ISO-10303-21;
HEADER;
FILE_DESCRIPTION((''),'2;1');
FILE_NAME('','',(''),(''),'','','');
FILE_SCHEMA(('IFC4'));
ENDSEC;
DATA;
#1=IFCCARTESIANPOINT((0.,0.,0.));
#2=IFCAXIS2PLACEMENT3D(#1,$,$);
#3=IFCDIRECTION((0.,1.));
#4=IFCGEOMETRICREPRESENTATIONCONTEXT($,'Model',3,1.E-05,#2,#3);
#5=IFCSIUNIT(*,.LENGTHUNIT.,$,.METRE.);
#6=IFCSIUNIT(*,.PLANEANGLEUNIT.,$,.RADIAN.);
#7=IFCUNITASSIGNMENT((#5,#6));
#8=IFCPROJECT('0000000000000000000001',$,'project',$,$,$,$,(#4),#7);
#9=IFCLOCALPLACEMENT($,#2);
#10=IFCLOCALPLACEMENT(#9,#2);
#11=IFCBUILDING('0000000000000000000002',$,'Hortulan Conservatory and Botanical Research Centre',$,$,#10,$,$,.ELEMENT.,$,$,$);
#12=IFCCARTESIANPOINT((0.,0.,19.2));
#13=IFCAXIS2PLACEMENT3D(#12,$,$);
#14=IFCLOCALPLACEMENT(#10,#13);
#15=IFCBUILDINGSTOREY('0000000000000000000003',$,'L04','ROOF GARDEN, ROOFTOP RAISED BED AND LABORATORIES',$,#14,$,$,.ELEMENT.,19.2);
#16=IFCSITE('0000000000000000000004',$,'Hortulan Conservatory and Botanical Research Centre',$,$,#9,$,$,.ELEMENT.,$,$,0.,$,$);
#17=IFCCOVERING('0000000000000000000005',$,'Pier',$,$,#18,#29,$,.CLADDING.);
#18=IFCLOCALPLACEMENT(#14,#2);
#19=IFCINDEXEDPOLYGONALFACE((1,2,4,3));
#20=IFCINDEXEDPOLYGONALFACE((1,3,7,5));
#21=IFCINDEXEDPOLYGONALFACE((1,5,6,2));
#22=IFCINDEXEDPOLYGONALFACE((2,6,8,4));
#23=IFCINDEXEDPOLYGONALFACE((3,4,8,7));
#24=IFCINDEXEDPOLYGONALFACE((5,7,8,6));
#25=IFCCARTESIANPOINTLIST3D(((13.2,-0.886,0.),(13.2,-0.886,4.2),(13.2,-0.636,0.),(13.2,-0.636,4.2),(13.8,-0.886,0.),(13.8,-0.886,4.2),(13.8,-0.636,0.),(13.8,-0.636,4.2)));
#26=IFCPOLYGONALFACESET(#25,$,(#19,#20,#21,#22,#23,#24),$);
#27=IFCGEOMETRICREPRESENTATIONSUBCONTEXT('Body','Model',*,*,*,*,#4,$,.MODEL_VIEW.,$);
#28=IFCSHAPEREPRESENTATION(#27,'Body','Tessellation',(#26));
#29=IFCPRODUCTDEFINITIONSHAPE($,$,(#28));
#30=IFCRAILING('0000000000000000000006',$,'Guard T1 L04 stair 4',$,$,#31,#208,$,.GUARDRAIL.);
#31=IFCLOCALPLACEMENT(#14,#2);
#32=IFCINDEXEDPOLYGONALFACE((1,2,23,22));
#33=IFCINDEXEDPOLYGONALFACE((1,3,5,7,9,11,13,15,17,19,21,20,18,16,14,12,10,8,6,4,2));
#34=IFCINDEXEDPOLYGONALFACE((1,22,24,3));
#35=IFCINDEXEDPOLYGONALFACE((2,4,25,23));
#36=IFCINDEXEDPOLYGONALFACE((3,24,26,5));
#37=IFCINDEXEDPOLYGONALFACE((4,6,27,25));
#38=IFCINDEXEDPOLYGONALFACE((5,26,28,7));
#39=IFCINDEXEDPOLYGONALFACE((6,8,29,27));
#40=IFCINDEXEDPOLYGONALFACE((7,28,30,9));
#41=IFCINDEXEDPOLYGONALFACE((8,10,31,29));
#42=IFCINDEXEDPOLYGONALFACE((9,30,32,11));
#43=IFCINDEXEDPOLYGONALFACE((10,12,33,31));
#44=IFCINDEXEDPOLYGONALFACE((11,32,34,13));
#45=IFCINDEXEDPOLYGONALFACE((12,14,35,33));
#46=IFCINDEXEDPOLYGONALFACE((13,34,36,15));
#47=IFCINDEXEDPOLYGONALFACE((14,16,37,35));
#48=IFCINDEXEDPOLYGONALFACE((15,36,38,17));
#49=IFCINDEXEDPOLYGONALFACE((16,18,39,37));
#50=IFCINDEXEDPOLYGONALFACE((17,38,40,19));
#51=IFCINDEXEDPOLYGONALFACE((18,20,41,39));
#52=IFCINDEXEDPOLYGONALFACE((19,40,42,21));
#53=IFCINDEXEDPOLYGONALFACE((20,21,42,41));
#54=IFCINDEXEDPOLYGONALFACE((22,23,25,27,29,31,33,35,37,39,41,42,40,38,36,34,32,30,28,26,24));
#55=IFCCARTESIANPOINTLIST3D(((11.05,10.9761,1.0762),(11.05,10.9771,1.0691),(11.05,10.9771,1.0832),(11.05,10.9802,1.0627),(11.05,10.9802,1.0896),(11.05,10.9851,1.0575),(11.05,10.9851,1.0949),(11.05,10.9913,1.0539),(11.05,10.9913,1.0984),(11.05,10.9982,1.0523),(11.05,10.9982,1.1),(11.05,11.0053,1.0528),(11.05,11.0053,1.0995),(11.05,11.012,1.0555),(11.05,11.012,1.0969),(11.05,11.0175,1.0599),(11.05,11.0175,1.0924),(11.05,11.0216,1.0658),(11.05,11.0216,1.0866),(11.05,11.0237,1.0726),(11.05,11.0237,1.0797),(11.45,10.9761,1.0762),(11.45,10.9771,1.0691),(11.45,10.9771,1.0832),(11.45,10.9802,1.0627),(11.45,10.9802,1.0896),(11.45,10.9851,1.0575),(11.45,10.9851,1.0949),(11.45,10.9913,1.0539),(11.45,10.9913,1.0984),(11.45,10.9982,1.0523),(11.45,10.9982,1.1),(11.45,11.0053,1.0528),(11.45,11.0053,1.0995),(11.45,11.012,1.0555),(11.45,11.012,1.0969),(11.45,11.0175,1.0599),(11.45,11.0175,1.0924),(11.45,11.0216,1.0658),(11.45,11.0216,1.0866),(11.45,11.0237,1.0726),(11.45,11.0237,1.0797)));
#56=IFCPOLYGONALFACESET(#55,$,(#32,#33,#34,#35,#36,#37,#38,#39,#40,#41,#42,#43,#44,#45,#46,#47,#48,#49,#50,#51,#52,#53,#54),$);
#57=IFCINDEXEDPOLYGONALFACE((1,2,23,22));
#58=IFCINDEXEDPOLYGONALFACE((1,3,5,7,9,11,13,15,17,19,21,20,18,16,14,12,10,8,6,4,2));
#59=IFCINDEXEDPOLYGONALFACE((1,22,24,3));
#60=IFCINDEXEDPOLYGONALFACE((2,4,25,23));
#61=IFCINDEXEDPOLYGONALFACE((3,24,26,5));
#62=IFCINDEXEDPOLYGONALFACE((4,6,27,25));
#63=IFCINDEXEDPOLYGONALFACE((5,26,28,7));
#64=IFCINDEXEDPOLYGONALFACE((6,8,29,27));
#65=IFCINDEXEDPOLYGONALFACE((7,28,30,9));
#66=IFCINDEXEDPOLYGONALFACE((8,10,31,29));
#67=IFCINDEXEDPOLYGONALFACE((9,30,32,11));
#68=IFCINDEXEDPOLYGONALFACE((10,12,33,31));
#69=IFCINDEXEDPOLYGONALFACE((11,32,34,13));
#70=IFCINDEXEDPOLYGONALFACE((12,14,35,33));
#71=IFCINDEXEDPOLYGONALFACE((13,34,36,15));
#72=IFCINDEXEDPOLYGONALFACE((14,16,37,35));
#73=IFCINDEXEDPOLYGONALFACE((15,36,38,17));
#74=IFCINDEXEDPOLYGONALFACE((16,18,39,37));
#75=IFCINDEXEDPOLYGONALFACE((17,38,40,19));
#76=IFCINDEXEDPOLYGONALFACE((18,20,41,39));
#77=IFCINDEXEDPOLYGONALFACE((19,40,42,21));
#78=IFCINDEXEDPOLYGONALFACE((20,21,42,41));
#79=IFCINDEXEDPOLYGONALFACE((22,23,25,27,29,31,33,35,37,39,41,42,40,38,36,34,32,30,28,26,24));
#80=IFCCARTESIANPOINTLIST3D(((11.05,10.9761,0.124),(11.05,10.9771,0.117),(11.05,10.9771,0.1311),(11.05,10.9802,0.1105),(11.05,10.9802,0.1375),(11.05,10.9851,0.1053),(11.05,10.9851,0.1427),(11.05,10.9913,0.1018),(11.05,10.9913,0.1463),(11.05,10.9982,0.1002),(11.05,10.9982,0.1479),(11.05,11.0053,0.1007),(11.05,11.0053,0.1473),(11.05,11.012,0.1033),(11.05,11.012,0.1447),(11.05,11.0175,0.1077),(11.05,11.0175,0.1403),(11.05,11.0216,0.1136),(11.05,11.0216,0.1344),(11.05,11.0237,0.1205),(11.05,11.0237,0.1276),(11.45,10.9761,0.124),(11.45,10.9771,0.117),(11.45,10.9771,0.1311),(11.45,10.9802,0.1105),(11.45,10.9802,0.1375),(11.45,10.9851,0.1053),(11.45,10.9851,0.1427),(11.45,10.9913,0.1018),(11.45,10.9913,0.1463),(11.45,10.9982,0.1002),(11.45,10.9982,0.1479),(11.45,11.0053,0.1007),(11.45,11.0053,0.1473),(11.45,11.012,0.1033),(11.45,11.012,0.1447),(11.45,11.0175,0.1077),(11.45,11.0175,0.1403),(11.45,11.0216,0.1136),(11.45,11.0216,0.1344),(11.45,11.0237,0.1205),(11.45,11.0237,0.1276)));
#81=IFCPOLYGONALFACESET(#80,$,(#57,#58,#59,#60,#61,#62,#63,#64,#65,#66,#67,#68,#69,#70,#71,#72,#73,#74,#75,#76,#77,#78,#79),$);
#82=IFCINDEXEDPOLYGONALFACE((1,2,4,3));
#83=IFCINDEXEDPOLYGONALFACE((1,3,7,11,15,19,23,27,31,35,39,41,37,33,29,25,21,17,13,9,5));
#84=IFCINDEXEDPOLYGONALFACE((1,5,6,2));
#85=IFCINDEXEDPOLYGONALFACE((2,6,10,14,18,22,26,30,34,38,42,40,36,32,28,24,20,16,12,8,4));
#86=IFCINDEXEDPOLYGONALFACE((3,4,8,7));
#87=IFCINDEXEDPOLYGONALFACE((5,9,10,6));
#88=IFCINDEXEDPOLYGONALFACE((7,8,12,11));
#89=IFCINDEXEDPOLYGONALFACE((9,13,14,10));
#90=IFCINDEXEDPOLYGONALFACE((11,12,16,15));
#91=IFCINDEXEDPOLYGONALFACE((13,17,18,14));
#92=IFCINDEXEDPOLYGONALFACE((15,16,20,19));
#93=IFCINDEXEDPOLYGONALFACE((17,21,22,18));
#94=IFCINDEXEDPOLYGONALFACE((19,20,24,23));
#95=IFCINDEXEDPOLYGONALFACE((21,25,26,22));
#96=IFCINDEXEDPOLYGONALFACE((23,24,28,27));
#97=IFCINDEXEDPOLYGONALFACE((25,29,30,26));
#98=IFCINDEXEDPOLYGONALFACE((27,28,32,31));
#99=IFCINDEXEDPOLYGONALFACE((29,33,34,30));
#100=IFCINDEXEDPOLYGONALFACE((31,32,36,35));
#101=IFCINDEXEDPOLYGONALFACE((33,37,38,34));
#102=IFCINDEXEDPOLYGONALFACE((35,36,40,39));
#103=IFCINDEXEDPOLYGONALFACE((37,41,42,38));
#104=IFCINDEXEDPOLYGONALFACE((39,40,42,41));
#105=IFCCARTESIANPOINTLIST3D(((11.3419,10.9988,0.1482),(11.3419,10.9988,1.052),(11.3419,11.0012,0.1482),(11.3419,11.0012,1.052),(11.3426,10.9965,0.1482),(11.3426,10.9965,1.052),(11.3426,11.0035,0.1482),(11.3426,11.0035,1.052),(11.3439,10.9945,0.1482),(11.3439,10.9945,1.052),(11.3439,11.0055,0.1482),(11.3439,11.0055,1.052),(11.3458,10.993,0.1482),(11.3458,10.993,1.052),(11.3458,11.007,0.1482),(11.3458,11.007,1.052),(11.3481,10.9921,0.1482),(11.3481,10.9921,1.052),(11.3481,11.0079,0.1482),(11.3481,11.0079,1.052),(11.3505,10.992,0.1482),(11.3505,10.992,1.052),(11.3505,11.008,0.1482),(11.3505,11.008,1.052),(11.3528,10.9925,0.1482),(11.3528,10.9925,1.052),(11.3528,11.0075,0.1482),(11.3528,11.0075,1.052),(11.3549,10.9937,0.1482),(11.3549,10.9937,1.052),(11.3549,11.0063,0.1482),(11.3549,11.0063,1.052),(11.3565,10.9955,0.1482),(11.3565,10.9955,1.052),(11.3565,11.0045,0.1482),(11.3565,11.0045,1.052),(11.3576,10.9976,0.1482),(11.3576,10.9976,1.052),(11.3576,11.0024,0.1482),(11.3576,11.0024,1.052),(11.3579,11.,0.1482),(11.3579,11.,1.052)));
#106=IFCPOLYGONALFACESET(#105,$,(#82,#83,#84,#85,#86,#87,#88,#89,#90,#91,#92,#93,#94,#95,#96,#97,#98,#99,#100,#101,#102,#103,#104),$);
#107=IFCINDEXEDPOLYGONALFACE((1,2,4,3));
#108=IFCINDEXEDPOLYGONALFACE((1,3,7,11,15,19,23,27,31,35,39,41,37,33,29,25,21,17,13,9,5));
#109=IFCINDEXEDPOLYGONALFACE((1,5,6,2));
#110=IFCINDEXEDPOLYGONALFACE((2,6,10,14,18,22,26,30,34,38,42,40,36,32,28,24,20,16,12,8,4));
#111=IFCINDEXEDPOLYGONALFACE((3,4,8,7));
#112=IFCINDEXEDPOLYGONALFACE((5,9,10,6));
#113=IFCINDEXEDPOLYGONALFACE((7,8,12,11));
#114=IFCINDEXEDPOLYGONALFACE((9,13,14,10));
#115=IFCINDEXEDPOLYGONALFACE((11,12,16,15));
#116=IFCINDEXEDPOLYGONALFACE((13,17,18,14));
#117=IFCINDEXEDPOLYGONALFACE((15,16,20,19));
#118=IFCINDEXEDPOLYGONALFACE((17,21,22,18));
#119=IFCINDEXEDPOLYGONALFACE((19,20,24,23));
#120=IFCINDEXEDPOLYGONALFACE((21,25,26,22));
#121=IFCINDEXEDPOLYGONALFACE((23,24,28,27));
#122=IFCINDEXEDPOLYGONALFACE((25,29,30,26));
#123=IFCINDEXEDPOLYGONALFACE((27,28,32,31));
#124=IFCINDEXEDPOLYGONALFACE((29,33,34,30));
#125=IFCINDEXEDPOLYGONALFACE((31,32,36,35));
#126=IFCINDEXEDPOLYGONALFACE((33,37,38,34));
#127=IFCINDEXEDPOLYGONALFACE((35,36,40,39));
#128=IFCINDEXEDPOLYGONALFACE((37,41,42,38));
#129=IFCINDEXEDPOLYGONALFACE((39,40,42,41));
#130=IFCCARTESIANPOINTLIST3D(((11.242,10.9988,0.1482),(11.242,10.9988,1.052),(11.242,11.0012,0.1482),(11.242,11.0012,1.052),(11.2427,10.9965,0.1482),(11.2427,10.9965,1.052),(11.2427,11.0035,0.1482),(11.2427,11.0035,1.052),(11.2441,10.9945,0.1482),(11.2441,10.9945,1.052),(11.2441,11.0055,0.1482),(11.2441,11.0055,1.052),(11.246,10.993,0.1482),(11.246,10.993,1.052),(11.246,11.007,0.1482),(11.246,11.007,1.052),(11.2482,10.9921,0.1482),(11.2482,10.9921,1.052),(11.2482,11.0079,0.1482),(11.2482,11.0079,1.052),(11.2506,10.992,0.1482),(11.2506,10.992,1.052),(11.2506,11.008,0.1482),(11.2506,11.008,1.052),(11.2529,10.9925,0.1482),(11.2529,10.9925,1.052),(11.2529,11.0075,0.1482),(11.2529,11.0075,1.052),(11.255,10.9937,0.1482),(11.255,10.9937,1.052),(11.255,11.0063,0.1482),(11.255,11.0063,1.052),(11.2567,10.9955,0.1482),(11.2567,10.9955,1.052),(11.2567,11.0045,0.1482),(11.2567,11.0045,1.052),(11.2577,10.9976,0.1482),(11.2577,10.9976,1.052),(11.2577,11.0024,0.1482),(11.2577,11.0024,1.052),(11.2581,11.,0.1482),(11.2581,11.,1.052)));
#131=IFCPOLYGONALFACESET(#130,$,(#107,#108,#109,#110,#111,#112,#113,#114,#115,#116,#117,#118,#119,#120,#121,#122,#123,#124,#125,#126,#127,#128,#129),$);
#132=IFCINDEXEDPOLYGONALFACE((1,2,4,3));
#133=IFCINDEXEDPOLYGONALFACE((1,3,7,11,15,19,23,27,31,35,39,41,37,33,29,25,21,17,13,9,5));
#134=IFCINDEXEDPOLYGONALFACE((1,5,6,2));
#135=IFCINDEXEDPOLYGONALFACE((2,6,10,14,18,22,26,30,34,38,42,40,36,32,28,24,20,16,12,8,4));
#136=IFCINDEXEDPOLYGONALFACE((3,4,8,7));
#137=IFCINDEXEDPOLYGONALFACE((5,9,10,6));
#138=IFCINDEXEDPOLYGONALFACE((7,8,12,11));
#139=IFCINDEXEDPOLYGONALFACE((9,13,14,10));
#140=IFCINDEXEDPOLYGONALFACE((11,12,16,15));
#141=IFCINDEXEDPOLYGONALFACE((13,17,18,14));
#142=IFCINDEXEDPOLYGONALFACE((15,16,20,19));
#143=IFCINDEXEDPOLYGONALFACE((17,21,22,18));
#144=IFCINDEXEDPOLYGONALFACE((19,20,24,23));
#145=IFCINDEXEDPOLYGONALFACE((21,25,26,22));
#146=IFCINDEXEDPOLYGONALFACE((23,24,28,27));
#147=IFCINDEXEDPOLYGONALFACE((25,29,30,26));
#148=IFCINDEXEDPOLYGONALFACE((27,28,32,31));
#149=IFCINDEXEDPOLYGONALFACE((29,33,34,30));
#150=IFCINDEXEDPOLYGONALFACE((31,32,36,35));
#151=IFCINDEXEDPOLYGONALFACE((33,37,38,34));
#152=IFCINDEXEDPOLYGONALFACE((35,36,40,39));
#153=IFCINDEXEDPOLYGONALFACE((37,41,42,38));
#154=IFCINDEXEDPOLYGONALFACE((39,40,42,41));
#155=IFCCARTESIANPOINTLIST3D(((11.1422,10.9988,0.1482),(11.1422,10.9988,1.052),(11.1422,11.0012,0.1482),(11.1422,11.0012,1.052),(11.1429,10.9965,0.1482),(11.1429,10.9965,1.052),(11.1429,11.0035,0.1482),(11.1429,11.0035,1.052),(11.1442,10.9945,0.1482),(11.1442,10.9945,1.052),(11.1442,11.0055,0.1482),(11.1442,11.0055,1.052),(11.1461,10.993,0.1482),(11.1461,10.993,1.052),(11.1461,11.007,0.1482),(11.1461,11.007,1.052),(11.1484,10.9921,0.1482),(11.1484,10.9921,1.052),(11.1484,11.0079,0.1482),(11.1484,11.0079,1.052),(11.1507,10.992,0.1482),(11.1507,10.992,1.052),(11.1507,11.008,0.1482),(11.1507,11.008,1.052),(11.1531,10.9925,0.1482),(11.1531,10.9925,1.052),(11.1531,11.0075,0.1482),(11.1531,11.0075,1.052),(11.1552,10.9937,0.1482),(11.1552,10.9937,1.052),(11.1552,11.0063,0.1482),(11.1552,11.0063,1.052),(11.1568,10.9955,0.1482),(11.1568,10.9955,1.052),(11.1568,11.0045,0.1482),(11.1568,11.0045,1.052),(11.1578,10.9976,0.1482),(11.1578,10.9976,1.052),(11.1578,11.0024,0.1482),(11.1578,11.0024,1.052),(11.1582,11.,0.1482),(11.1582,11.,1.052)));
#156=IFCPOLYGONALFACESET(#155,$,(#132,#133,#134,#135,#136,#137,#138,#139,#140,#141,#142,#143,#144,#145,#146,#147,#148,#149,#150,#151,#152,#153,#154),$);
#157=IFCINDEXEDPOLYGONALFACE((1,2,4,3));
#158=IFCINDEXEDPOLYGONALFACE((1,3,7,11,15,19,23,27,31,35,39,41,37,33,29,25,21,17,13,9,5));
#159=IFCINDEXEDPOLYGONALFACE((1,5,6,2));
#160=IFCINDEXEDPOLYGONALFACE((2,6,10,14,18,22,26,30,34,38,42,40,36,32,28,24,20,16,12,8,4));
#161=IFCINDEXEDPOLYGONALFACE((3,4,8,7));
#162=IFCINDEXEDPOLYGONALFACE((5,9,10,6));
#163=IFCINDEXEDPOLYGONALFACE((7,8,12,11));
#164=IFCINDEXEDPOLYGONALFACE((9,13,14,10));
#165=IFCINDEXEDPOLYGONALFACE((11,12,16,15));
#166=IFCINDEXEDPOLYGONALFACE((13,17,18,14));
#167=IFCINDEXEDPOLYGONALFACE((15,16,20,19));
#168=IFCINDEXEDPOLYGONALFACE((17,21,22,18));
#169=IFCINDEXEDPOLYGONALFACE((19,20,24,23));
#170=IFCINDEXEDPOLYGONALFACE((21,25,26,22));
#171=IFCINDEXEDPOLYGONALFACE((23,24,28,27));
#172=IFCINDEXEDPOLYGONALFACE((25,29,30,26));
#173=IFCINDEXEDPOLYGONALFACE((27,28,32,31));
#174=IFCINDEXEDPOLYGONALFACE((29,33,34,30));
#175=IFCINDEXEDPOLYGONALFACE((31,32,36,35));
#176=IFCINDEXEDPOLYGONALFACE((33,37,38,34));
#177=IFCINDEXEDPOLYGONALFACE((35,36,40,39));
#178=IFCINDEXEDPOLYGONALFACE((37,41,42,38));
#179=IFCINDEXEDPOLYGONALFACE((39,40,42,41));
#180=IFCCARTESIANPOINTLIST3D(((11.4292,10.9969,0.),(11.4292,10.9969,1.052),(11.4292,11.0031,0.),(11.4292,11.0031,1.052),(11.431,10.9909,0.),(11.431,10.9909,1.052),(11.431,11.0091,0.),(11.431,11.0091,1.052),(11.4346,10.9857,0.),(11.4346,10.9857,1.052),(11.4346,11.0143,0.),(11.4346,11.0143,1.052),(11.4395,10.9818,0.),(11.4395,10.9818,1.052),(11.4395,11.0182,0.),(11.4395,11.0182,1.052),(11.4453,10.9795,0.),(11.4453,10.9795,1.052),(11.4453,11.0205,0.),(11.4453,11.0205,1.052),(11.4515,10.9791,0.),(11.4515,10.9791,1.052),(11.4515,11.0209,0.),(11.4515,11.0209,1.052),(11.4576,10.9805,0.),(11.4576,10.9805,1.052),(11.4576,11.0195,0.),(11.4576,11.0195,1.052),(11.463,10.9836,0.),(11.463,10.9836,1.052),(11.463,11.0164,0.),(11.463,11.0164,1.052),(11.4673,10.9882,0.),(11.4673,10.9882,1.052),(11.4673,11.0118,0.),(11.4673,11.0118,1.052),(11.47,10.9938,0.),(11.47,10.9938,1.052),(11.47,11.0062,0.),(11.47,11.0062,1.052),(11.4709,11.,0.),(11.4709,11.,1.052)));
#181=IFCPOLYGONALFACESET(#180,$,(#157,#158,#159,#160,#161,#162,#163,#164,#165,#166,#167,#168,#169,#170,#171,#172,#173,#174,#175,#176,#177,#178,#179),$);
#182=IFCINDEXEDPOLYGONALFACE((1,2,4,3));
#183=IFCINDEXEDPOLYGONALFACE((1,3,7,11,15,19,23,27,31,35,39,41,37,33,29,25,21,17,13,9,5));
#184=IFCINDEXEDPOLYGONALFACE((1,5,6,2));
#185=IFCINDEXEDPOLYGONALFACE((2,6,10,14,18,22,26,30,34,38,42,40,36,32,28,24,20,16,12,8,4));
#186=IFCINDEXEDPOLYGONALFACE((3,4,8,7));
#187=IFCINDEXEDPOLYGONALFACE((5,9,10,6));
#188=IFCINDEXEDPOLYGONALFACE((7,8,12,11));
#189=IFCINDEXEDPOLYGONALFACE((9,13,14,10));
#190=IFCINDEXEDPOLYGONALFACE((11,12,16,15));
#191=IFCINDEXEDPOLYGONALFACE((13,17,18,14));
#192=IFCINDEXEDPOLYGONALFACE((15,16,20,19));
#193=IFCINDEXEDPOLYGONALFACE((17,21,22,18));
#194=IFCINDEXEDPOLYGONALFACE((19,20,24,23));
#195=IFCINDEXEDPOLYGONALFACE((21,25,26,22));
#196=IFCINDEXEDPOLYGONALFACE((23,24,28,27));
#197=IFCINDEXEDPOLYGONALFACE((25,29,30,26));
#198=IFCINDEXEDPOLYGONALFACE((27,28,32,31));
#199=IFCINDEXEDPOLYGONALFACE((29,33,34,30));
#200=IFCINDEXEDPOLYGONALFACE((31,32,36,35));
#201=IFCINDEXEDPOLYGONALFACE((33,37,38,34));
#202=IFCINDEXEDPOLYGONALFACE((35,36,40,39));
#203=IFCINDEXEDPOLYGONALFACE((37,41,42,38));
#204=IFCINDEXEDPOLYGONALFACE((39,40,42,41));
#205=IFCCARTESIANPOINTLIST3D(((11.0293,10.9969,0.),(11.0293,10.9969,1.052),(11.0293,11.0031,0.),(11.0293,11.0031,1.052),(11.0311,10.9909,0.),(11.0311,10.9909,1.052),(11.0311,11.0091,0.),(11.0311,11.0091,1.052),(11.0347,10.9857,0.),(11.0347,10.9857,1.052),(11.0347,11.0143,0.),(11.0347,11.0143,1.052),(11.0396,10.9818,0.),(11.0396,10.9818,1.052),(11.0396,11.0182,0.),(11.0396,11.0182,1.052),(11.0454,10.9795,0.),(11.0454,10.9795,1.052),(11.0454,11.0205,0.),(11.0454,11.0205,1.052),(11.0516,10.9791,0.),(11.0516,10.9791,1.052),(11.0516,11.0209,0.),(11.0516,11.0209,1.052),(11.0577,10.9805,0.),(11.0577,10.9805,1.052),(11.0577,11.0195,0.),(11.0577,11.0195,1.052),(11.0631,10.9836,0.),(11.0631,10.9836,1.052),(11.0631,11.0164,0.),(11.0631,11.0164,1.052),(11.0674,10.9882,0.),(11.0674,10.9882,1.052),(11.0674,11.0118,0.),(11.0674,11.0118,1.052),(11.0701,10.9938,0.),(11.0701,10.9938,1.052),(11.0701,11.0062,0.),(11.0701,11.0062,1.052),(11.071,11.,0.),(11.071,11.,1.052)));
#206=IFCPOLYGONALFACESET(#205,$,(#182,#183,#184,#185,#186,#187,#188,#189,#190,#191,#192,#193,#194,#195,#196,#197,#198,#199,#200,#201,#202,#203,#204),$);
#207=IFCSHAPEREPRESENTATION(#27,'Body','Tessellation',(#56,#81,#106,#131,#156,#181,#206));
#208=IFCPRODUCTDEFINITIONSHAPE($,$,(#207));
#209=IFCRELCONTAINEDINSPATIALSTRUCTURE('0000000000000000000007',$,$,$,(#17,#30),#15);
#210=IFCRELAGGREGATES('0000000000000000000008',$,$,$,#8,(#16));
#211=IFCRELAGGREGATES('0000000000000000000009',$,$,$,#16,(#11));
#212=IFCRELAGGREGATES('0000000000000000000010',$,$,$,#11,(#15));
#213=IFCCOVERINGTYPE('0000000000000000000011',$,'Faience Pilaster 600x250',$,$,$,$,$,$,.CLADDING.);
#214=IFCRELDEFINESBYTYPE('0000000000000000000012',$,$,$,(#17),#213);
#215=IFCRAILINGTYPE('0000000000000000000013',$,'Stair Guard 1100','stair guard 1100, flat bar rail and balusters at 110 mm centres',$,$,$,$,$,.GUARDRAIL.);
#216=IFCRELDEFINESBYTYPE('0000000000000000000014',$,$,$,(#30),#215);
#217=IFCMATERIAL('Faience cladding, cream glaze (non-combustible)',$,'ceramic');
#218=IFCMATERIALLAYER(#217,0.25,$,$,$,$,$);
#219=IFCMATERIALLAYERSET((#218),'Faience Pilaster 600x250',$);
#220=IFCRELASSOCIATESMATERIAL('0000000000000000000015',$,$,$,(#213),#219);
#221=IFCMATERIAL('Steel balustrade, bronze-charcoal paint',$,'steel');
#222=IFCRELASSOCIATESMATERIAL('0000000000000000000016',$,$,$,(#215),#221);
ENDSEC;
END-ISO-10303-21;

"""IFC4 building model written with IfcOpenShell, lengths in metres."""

from ifc_helpers import new_model, si_unit, direction, frame, origin, origin_2d, place, context, subcontext, project, spatial, rectangle, circle, extrude, material, layer, layer_set, type_object, element, save


model = new_model("IFC4")

# Units and contexts
model_context = context("Model", 3, precision=1e-05, world=origin(), true_north=direction((0.0, 1.0)))
body_context = subcontext(model_context, "Body", "Model", "MODEL_VIEW")
ifc_project = project(units=[si_unit("LENGTHUNIT", "METRE"), si_unit("PLANEANGLEUNIT", "RADIAN")], contexts=[model_context])

# Site, building, storey
site_placement = place(None, origin())
site = spatial("IfcSite", under=ifc_project, at=site_placement, Name="Hortulan Conservatory and Botanical Research Centre", CompositionType="ELEMENT", RefElevation=0.0)
building_placement = place(site_placement, origin())
building = spatial("IfcBuilding", under=site, at=building_placement, Name="Hortulan Conservatory and Botanical Research Centre", CompositionType="ELEMENT")
storey_placement = place(building_placement, frame((0.0, 0.0, 19.2)))
storey = spatial("IfcBuildingStorey", under=building, at=storey_placement, Name="L04", Description="ROOF GARDEN, ROOFTOP RAISED BED AND LABORATORIES", CompositionType="ELEMENT", Elevation=19.2)

# Covering
ifc_material_1 = material(Name="Faience cladding, cream glaze (non-combustible)", Category="ceramic")
ifc_layer_1 = layer(ifc_material_1, 0.25)
ifc_layer_set_1 = layer_set([ifc_layer_1], Name="Faience Pilaster 600x250")
covering_type_1 = type_object("IfcCoveringType", Name="Faience Pilaster 600x250", PredefinedType="CLADDING", material=ifc_layer_set_1)
covering_1_placement = place(storey_placement, frame((13.5, -0.761, 0.0), z_axis=(0.0, 0.0, 1.0), x_axis=(-1.0, 0.0, 0.0)))
element("IfcCovering", 1, at=covering_1_placement, inside=storey, type_object=covering_type_1, Name="Pier", PredefinedType="CLADDING", context=body_context, shape_type="SweptSolid", body=[
    extrude(rectangle(XDim=0.6001, YDim=0.25, at=origin_2d()), origin(), (0.0, 0.0, 1.0), 4.2),
])

# Railing
ifc_material_2 = material(Name="Steel balustrade, bronze-charcoal paint", Category="steel")
railing_type_1 = type_object("IfcRailingType", Name="Stair Guard 1100", Description="stair guard 1100, flat bar rail and balusters at 110 mm centres", PredefinedType="GUARDRAIL", material=ifc_material_2)
railing_1_placement = place(storey_placement, frame((11.45, 11.0, 0.0)))
element("IfcRailing", 2, at=railing_1_placement, inside=storey, type_object=railing_type_1, Name="Guard T1 L04 stair 4", PredefinedType="GUARDRAIL", context=body_context, shape_type="SweptSolid", body=[
    extrude(circle(Radius=0.0239, at=origin_2d()), frame((0.0, 0.0, 1.0762), z_axis=(-1.0, 0.0, 0.0), x_axis=(0.0, -1.0, 0.0)), (0.0, 0.0, 1.0), 0.3999),
    extrude(circle(Radius=0.0239, at=origin_2d()), frame((0.0, 0.0, 0.124), z_axis=(-1.0, 0.0, 0.0), x_axis=(0.0, -1.0, 0.0)), (0.0, 0.0, 1.0), 0.3999),
    extrude(circle(Radius=0.0081, at=origin_2d()), frame((-0.1001, 0.0, 0.1482)), (0.0, 0.0, 1.0), 0.9038),
    extrude(circle(Radius=0.0081, at=origin_2d()), frame((-0.2, 0.0, 0.1482)), (0.0, 0.0, 1.0), 0.9038),
    extrude(circle(Radius=0.0081, at=origin_2d()), frame((-0.2998, 0.0, 0.1482)), (0.0, 0.0, 1.0), 0.9038),
    extrude(circle(Radius=0.021, at=origin_2d()), origin(), (0.0, 0.0, 1.0), 1.052),
    extrude(circle(Radius=0.021, at=origin_2d()), frame((-0.3999, 0.0, 0.0)), (0.0, 0.0, 1.0), 1.052),
])

save(model, "model.ifc")
